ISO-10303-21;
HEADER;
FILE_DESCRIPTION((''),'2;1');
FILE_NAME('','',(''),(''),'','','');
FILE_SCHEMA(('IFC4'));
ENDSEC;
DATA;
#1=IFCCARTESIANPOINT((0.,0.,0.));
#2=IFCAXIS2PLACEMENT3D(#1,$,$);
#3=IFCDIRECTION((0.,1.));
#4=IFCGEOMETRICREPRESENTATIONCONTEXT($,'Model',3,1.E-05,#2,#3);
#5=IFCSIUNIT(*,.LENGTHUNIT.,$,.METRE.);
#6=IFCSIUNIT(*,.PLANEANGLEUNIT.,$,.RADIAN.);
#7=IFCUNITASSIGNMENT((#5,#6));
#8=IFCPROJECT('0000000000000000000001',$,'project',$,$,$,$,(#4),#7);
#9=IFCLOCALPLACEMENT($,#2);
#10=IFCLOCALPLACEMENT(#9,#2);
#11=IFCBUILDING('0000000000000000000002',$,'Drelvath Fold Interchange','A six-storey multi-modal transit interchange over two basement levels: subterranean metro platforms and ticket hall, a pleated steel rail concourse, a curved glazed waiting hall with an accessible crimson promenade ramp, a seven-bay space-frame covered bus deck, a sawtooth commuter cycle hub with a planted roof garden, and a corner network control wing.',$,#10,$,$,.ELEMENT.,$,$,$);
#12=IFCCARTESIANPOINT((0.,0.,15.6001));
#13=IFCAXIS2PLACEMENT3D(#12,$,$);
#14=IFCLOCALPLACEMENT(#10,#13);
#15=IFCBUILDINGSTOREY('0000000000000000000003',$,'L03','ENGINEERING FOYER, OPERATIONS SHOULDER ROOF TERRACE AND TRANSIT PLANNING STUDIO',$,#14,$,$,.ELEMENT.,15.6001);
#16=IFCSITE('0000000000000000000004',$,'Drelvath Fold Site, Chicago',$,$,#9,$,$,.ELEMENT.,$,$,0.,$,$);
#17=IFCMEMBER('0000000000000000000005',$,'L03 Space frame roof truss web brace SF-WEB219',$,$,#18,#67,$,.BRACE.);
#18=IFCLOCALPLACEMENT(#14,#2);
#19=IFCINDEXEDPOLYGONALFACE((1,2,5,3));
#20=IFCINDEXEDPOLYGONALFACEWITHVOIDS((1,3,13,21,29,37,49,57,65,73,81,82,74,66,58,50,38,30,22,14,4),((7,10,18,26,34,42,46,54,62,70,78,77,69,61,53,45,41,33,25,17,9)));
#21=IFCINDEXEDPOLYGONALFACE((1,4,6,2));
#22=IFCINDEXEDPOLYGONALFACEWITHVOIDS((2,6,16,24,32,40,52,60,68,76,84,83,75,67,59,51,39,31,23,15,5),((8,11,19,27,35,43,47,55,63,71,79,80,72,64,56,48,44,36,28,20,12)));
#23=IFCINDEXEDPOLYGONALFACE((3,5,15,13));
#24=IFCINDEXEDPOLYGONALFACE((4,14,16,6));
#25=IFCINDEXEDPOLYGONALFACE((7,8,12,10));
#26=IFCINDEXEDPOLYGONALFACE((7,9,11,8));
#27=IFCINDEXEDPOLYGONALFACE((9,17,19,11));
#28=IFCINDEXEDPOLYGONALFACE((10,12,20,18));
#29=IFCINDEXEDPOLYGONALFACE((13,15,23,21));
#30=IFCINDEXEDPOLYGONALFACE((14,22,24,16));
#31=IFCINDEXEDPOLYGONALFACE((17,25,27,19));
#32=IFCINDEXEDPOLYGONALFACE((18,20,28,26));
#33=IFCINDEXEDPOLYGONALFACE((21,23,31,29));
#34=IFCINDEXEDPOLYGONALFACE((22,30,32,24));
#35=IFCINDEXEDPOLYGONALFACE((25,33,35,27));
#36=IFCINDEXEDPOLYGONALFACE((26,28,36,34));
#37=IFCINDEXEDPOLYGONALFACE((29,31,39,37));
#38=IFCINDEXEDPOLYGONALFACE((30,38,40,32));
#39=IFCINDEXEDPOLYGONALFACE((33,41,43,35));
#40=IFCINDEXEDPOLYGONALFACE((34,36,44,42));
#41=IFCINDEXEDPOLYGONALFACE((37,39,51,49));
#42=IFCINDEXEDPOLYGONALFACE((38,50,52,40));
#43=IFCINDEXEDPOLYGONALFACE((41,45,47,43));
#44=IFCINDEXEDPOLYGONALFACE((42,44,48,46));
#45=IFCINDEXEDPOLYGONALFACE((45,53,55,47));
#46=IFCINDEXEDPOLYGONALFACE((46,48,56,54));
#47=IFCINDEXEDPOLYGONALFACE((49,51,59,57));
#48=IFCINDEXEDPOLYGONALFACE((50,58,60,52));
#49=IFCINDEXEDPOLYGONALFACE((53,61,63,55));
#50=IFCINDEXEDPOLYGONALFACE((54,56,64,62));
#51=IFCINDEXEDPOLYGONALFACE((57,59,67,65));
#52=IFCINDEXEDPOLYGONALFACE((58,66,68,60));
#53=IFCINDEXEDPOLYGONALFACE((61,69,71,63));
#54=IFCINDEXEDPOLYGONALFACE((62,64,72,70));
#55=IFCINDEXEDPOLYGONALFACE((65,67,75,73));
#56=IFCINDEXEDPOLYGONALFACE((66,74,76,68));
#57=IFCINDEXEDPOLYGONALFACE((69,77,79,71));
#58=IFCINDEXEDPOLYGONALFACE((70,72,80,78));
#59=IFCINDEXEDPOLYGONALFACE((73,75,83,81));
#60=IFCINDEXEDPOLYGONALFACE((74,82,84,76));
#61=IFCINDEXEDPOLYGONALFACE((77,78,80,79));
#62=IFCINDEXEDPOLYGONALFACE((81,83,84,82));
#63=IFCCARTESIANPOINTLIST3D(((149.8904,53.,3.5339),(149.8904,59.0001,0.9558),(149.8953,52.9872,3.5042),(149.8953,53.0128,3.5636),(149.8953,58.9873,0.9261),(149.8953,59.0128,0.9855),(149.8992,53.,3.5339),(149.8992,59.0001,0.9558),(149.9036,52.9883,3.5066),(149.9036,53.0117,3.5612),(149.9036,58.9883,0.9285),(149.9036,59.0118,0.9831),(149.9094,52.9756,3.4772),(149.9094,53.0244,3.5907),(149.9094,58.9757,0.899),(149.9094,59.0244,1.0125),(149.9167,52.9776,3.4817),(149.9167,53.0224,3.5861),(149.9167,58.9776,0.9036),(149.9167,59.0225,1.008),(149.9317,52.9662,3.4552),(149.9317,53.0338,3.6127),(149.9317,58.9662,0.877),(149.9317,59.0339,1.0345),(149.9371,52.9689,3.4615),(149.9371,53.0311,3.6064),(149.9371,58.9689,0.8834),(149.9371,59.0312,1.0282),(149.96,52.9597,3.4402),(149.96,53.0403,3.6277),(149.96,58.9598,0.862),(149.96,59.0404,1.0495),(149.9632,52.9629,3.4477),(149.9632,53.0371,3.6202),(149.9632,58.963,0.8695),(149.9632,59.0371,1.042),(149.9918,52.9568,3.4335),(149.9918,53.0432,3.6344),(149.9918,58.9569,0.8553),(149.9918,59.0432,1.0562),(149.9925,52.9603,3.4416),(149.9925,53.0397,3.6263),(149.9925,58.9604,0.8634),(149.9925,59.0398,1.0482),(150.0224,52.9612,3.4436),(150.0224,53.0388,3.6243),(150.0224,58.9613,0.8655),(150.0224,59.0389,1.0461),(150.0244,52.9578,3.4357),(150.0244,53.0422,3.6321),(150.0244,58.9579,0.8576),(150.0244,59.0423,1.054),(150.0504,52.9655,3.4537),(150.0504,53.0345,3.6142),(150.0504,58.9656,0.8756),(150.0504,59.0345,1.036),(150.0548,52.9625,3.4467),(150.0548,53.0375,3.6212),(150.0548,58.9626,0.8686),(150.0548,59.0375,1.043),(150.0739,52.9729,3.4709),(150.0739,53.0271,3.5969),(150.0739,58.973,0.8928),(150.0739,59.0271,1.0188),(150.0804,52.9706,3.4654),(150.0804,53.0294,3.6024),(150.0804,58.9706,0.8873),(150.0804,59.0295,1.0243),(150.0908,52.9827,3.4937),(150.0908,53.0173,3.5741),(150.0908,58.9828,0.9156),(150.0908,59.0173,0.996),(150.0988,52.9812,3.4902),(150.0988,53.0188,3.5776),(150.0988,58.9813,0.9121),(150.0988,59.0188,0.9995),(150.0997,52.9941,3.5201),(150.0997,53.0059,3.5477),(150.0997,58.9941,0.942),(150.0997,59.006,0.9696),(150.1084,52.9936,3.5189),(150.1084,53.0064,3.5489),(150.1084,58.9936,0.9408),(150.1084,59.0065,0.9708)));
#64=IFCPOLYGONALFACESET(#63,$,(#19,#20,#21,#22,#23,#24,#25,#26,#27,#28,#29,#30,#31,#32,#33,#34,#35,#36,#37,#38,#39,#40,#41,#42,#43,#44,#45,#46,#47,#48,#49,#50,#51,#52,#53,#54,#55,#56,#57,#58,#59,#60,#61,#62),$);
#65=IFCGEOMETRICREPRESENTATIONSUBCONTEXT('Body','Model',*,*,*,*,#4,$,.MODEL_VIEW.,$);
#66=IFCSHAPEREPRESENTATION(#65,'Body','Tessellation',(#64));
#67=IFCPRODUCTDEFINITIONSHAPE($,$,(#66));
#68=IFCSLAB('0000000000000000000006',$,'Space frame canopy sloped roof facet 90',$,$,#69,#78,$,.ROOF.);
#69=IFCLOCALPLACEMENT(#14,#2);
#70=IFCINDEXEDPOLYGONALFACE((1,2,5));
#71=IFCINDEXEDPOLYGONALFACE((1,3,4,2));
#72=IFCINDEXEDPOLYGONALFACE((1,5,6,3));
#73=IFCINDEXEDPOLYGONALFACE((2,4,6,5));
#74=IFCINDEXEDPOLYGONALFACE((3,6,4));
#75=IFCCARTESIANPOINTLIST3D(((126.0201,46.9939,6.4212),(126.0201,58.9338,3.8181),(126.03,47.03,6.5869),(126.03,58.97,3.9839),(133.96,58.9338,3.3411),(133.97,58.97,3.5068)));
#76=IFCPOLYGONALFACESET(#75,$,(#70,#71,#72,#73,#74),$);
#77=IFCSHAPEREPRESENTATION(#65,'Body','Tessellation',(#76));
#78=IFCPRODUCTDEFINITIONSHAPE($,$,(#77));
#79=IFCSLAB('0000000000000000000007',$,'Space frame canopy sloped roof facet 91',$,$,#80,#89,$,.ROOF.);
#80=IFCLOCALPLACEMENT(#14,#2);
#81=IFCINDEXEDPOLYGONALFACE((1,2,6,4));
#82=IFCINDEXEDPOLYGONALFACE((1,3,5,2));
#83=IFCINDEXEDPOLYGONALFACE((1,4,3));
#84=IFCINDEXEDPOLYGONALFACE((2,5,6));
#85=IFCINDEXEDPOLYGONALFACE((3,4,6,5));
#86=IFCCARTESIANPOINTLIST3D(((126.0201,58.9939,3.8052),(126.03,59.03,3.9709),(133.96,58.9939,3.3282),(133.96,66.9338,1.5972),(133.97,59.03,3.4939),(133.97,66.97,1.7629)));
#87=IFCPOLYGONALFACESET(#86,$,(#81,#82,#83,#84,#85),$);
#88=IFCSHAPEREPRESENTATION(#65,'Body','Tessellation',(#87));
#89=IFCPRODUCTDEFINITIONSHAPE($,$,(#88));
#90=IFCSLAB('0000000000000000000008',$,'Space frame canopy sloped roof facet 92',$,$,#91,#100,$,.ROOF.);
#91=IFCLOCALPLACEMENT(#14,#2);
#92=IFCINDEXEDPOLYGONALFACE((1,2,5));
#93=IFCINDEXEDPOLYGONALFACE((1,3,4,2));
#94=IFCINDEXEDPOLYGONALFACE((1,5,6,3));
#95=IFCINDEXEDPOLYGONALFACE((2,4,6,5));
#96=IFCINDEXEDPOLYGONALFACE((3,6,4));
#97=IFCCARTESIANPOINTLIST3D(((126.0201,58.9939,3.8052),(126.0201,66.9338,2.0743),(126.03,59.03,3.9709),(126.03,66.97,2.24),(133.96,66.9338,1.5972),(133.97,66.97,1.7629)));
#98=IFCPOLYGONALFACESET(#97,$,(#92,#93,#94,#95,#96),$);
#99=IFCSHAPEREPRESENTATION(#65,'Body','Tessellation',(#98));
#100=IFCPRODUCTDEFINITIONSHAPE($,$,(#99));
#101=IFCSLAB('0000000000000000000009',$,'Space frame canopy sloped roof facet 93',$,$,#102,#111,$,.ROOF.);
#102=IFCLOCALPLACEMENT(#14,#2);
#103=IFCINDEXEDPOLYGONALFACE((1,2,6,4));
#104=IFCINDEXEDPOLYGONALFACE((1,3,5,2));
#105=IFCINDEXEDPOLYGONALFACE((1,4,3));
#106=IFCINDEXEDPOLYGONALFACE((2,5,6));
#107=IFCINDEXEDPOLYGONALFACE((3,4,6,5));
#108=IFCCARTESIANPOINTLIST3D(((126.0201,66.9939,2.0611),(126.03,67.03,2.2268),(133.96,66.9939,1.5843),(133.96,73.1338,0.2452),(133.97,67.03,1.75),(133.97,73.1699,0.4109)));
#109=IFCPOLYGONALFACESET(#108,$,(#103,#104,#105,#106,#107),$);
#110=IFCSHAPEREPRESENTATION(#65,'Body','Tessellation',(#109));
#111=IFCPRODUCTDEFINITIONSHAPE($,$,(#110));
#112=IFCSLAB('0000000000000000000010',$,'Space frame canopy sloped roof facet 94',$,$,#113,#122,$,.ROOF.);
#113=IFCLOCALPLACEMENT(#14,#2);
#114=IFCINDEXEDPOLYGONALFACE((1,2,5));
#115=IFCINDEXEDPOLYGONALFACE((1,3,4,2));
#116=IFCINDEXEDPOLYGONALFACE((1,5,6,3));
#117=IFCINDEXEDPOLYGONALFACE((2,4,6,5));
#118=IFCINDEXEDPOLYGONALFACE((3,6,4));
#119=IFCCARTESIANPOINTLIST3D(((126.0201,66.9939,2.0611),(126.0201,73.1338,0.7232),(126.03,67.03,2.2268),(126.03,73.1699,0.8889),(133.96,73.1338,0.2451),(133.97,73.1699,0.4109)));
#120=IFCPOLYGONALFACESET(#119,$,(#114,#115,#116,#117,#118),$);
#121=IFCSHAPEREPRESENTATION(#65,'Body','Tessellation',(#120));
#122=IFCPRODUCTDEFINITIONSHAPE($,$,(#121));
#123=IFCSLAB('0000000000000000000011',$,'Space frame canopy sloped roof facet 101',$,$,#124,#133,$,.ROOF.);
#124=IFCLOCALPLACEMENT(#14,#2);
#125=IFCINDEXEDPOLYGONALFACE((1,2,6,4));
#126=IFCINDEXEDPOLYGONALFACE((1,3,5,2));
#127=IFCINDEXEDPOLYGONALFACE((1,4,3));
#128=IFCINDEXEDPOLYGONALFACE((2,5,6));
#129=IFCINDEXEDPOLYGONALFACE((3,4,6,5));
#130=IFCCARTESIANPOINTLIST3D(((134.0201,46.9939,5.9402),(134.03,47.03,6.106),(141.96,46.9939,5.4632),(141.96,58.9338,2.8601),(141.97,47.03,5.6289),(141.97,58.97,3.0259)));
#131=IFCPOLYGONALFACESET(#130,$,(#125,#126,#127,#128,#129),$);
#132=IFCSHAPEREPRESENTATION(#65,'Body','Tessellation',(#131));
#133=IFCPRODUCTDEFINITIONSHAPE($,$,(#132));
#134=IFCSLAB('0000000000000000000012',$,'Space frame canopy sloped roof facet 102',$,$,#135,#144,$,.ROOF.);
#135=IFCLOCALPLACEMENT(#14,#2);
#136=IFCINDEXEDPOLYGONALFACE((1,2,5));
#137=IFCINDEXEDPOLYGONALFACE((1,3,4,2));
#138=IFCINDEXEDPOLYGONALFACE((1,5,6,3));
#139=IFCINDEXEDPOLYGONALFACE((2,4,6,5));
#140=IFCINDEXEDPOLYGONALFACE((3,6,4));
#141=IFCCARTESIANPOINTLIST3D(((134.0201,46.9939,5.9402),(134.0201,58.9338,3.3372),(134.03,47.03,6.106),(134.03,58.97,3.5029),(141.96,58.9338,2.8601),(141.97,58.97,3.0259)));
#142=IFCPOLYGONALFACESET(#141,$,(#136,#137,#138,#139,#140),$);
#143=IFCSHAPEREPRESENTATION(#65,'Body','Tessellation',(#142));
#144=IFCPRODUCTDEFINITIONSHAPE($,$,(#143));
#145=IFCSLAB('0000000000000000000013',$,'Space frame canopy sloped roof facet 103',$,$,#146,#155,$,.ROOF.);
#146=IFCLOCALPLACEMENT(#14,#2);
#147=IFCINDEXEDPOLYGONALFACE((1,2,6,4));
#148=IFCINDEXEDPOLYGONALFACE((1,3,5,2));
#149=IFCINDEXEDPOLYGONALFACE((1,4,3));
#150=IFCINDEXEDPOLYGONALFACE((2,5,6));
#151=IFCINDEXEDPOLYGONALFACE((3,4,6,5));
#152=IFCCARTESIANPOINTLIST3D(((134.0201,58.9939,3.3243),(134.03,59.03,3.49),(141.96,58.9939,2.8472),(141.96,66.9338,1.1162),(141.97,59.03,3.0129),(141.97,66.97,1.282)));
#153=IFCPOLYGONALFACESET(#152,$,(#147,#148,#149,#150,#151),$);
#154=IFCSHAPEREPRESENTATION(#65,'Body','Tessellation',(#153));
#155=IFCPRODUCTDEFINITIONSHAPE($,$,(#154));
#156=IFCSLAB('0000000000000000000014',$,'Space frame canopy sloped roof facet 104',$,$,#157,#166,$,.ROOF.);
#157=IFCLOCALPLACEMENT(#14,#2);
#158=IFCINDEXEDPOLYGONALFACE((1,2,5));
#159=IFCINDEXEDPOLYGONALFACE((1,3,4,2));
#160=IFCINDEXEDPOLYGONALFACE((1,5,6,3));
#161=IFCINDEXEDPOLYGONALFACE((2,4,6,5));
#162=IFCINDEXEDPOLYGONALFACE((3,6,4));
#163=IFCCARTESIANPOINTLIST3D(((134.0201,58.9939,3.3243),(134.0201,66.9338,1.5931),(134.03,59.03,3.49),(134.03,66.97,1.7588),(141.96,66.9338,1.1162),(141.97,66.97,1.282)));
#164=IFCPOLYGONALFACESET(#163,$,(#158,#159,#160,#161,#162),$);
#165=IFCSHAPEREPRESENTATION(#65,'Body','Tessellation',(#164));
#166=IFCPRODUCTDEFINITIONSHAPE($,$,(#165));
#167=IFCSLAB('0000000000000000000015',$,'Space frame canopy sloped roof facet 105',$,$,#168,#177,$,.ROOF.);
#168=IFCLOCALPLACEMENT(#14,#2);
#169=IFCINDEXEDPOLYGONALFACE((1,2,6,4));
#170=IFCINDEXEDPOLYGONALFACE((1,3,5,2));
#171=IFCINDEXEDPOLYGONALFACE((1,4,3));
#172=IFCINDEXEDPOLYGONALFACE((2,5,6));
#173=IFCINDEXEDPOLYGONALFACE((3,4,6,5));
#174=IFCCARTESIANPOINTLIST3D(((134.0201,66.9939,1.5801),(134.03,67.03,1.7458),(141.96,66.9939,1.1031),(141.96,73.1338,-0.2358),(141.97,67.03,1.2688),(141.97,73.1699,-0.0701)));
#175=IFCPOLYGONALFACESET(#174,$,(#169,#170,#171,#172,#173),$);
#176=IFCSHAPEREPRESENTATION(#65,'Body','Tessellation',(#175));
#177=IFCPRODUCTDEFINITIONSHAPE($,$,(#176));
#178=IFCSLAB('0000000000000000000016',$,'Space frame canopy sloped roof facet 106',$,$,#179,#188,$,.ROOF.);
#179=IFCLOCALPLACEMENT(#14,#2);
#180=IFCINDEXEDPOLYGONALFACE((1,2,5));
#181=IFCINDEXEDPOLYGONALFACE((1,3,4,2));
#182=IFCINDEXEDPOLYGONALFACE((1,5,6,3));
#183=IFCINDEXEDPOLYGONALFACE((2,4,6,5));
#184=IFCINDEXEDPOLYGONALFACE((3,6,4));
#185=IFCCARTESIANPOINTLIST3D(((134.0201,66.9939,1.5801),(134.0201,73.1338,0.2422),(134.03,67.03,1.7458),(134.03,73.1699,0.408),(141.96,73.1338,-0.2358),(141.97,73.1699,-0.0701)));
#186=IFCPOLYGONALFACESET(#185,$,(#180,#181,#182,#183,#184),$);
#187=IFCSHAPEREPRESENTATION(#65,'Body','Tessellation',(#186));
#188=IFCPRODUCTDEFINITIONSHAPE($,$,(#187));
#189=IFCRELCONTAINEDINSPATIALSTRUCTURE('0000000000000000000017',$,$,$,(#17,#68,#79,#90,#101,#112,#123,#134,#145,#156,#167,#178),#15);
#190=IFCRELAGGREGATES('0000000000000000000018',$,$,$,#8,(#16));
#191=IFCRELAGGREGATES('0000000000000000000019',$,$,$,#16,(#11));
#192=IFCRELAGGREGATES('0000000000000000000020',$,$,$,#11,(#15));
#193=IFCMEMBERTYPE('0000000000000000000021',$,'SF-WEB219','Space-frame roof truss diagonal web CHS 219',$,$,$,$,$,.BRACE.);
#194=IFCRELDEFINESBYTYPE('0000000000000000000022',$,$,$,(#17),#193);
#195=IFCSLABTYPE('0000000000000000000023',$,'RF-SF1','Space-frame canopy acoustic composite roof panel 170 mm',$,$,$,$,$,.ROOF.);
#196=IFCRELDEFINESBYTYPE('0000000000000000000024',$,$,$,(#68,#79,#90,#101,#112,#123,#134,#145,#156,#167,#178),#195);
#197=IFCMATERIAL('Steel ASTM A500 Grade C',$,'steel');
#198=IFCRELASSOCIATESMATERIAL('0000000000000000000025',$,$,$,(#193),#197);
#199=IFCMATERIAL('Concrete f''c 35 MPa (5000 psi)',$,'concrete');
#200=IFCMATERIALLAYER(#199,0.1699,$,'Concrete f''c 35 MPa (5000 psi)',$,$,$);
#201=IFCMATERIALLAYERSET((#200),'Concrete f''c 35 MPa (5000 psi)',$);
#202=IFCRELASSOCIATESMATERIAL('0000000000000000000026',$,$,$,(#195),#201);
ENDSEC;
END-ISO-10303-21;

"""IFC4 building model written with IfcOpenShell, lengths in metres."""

from ifc_helpers import new_model, si_unit, direction, frame, origin, origin_2d, place, context, subcontext, project, spatial, polyline, hollow_circle, outline, extrude, material, layer, layer_set, material_profile, profile_set, type_object, element, save


model = new_model("IFC4")

# Units and contexts
model_context = context("Model", 3, precision=1e-05, world=origin(), true_north=direction((0.0, 1.0)))
body_context = subcontext(model_context, "Body", "Model", "MODEL_VIEW")
ifc_project = project(units=[si_unit("LENGTHUNIT", "METRE"), si_unit("PLANEANGLEUNIT", "RADIAN")], contexts=[model_context])

# Site, building, storey
site_placement = place(None, origin())
site = spatial("IfcSite", under=ifc_project, at=site_placement, Name="Drelvath Fold Site, Chicago", CompositionType="ELEMENT", RefElevation=0.0)
building_placement = place(site_placement, origin())
building = spatial("IfcBuilding", under=site, at=building_placement, Name="Drelvath Fold Interchange", Description="A six-storey multi-modal transit interchange over two basement levels: subterranean metro platforms and ticket hall, a pleated steel rail concourse, a curved glazed waiting hall with an accessible crimson promenade ramp, a seven-bay space-frame covered bus deck, a sawtooth commuter cycle hub with a planted roof garden, and a corner network control wing.", CompositionType="ELEMENT")
storey_placement = place(building_placement, frame((0.0, 0.0, 15.6001)))
storey = spatial("IfcBuildingStorey", under=building, at=storey_placement, Name="L03", Description="ENGINEERING FOYER, OPERATIONS SHOULDER ROOF TERRACE AND TRANSIT PLANNING STUDIO", CompositionType="ELEMENT", Elevation=15.6001)

# Shared definitions
ifc_material_1 = material(Name="Steel ASTM A500 Grade C", Category="steel")

# Member
ifc_material_profile_1 = material_profile(ifc_material_1, hollow_circle(Radius=0.1096, WallThickness=0.0088, at=origin_2d()), Name="HSS8.625X0.375")
ifc_profile_set_1 = profile_set([ifc_material_profile_1], Name="Steel ASTM A500 Grade C")
member_type_1 = type_object("IfcMemberType", Name="SF-WEB219", Description="Space-frame roof truss diagonal web CHS 219", PredefinedType="BRACE", material=ifc_profile_set_1)
member_1_placement = place(storey_placement, frame((150.0, 53.0, 3.5339), z_axis=(0.0, 0.918773, -0.394785), x_axis=(-1.0, 0.0, 0.0)))
element("IfcMember", 1, at=member_1_placement, inside=storey, type_object=member_type_1, Name="L03 Space frame roof truss web brace SF-WEB219", PredefinedType="BRACE", context=body_context, shape_type="SweptSolid", body=[
    extrude(hollow_circle(Radius=0.1096, WallThickness=0.0088, at=origin_2d()), origin(), (0.0, 0.0, 1.0), 6.5305),
])

# Slabs
ifc_material_2 = material(Name="Concrete f'c 35 MPa (5000 psi)", Category="concrete")
ifc_layer_1 = layer(ifc_material_2, 0.1699, Name="Concrete f'c 35 MPa (5000 psi)")
ifc_layer_set_1 = layer_set([ifc_layer_1], Name="Concrete f'c 35 MPa (5000 psi)")
slab_type = type_object("IfcSlabType", Name="RF-SF1", Description="Space-frame canopy acoustic composite roof panel 170 mm", PredefinedType="ROOF", material=ifc_layer_set_1)
slab_1_placement = place(storey_placement, frame((126.03, 47.03, 6.5869), z_axis=(0.058603, 0.212641, 0.975372), x_axis=(0.541384, 0.814124, -0.210015)))
element("IfcSlab", 2, at=slab_1_placement, inside=storey, type_object=slab_type, Name="Space frame canopy sloped roof facet 90", PredefinedType="ROOF", context=body_context, shape_type="SweptSolid", body=[
    extrude(outline(polyline([(0.0, 0.0), (14.666, 0.0), (10.2673, 6.6273), (0.0, 0.0)])), origin(), (0.0, 0.0, -1.0), 0.1699),
])
slab_2_placement = place(storey_placement, frame((126.03, 59.03, 3.9709), z_axis=(0.058603, 0.212637, 0.975372), x_axis=(0.9982, 0.0, -0.059974)))
element("IfcSlab", 3, at=slab_2_placement, inside=storey, type_object=slab_type, Name="Space frame canopy sloped roof facet 91", PredefinedType="ROOF", context=body_context, shape_type="SweptSolid", body=[
    extrude(outline(polyline([(0.0, 0.0), (7.9543, 0.0), (8.0581, 8.1258), (0.0, 0.0)])), origin(), (0.0, 0.0, -1.0), 0.1699),
])
slab_3_placement = place(storey_placement, frame((126.03, 59.03, 3.9709), z_axis=(0.058603, 0.212637, 0.975372), x_axis=(0.69382, 0.69382, -0.192944)))
element("IfcSlab", 4, at=slab_3_placement, inside=storey, type_object=slab_type, Name="Space frame canopy sloped roof facet 92", PredefinedType="ROOF", context=body_context, shape_type="SweptSolid", body=[
    extrude(outline(polyline([(0.0, 0.0), (11.4438, 0.0), (5.8429, 5.648), (0.0, 0.0)])), origin(), (0.0, 0.0, -1.0), 0.1699),
])
slab_4_placement = place(storey_placement, frame((126.03, 67.03, 2.2268), z_axis=(0.058572, 0.212725, 0.975355), x_axis=(0.998202, 0.0, -0.059944)))
element("IfcSlab", 5, at=slab_4_placement, inside=storey, type_object=slab_type, Name="Space frame canopy sloped roof facet 93", PredefinedType="ROOF", context=body_context, shape_type="SweptSolid", body=[
    extrude(outline(polyline([(0.0, 0.0), (7.9542, 0.0), (8.0345, 6.2837), (0.0, 0.0)])), origin(), (0.0, 0.0, -1.0), 0.1699),
])
slab_5_placement = place(storey_placement, frame((126.03, 67.03, 2.2268), z_axis=(0.058724, 0.212538, 0.975387), x_axis=(0.778431, 0.601955, -0.178032)))
element("IfcSlab", 6, at=slab_5_placement, inside=storey, type_object=slab_type, Name="Space frame canopy sloped roof facet 94", PredefinedType="ROOF", context=body_context, shape_type="SweptSolid", body=[
    extrude(outline(polyline([(0.0, 0.0), (10.1999, 0.0), (3.9341, 4.9001), (0.0, 0.0)])), origin(), (0.0, 0.0, -1.0), 0.1699),
])
slab_6_placement = place(storey_placement, frame((134.03, 47.03, 6.106), z_axis=(0.058603, 0.212641, 0.975372), x_axis=(0.9982, 0.0, -0.059974)))
element("IfcSlab", 7, at=slab_6_placement, inside=storey, type_object=slab_type, Name="Space frame canopy sloped roof facet 101", PredefinedType="ROOF", context=body_context, shape_type="SweptSolid", body=[
    extrude(outline(polyline([(0.0, 0.0), (7.9543, 0.0), (8.1104, 12.2194), (0.0, 0.0)])), origin(), (0.0, 0.0, -1.0), 0.1699),
])
slab_7_placement = place(storey_placement, frame((134.03, 47.03, 6.106), z_axis=(0.058603, 0.212641, 0.975372), x_axis=(0.541384, 0.814124, -0.210015)))
element("IfcSlab", 8, at=slab_7_placement, inside=storey, type_object=slab_type, Name="Space frame canopy sloped roof facet 102", PredefinedType="ROOF", context=body_context, shape_type="SweptSolid", body=[
    extrude(outline(polyline([(0.0, 0.0), (14.666, 0.0), (10.2673, 6.6273), (0.0, 0.0)])), origin(), (0.0, 0.0, -1.0), 0.1699),
])
slab_8_placement = place(storey_placement, frame((134.03, 59.03, 3.49), z_axis=(0.058603, 0.212637, 0.975372), x_axis=(0.9982, 0.0, -0.059974)))
element("IfcSlab", 9, at=slab_8_placement, inside=storey, type_object=slab_type, Name="Space frame canopy sloped roof facet 103", PredefinedType="ROOF", context=body_context, shape_type="SweptSolid", body=[
    extrude(outline(polyline([(0.0, 0.0), (7.9543, 0.0), (8.0581, 8.1258), (0.0, 0.0)])), origin(), (0.0, 0.0, -1.0), 0.1699),
])
slab_9_placement = place(storey_placement, frame((134.03, 59.03, 3.49), z_axis=(0.058572, 0.212666, 0.975368), x_axis=(0.69382, 0.69382, -0.192944)))
element("IfcSlab", 10, at=slab_9_placement, inside=storey, type_object=slab_type, Name="Space frame canopy sloped roof facet 104", PredefinedType="ROOF", context=body_context, shape_type="SweptSolid", body=[
    extrude(outline(polyline([(0.0, 0.0), (11.4438, 0.0), (5.8429, 5.648), (0.0, 0.0)])), origin(), (0.0, 0.0, -1.0), 0.1699),
])
slab_10_placement = place(storey_placement, frame((134.03, 67.03, 1.7458), z_axis=(0.058602, 0.212688, 0.975361), x_axis=(0.9982, 0.0, -0.059974)))
element("IfcSlab", 11, at=slab_10_placement, inside=storey, type_object=slab_type, Name="Space frame canopy sloped roof facet 105", PredefinedType="ROOF", context=body_context, shape_type="SweptSolid", body=[
    extrude(outline(polyline([(0.0, 0.0), (7.9543, 0.0), (8.0346, 6.2837), (0.0, 0.0)])), origin(), (0.0, 0.0, -1.0), 0.1699),
])
slab_11_placement = place(storey_placement, frame((134.03, 67.03, 1.7458), z_axis=(0.058724, 0.212538, 0.975387), x_axis=(0.778431, 0.601955, -0.178032)))
element("IfcSlab", 12, at=slab_11_placement, inside=storey, type_object=slab_type, Name="Space frame canopy sloped roof facet 106", PredefinedType="ROOF", context=body_context, shape_type="SweptSolid", body=[
    extrude(outline(polyline([(0.0, 0.0), (10.1999, 0.0), (3.9341, 4.9001), (0.0, 0.0)])), origin(), (0.0, 0.0, -1.0), 0.1699),
])

save(model, "model.ifc")
